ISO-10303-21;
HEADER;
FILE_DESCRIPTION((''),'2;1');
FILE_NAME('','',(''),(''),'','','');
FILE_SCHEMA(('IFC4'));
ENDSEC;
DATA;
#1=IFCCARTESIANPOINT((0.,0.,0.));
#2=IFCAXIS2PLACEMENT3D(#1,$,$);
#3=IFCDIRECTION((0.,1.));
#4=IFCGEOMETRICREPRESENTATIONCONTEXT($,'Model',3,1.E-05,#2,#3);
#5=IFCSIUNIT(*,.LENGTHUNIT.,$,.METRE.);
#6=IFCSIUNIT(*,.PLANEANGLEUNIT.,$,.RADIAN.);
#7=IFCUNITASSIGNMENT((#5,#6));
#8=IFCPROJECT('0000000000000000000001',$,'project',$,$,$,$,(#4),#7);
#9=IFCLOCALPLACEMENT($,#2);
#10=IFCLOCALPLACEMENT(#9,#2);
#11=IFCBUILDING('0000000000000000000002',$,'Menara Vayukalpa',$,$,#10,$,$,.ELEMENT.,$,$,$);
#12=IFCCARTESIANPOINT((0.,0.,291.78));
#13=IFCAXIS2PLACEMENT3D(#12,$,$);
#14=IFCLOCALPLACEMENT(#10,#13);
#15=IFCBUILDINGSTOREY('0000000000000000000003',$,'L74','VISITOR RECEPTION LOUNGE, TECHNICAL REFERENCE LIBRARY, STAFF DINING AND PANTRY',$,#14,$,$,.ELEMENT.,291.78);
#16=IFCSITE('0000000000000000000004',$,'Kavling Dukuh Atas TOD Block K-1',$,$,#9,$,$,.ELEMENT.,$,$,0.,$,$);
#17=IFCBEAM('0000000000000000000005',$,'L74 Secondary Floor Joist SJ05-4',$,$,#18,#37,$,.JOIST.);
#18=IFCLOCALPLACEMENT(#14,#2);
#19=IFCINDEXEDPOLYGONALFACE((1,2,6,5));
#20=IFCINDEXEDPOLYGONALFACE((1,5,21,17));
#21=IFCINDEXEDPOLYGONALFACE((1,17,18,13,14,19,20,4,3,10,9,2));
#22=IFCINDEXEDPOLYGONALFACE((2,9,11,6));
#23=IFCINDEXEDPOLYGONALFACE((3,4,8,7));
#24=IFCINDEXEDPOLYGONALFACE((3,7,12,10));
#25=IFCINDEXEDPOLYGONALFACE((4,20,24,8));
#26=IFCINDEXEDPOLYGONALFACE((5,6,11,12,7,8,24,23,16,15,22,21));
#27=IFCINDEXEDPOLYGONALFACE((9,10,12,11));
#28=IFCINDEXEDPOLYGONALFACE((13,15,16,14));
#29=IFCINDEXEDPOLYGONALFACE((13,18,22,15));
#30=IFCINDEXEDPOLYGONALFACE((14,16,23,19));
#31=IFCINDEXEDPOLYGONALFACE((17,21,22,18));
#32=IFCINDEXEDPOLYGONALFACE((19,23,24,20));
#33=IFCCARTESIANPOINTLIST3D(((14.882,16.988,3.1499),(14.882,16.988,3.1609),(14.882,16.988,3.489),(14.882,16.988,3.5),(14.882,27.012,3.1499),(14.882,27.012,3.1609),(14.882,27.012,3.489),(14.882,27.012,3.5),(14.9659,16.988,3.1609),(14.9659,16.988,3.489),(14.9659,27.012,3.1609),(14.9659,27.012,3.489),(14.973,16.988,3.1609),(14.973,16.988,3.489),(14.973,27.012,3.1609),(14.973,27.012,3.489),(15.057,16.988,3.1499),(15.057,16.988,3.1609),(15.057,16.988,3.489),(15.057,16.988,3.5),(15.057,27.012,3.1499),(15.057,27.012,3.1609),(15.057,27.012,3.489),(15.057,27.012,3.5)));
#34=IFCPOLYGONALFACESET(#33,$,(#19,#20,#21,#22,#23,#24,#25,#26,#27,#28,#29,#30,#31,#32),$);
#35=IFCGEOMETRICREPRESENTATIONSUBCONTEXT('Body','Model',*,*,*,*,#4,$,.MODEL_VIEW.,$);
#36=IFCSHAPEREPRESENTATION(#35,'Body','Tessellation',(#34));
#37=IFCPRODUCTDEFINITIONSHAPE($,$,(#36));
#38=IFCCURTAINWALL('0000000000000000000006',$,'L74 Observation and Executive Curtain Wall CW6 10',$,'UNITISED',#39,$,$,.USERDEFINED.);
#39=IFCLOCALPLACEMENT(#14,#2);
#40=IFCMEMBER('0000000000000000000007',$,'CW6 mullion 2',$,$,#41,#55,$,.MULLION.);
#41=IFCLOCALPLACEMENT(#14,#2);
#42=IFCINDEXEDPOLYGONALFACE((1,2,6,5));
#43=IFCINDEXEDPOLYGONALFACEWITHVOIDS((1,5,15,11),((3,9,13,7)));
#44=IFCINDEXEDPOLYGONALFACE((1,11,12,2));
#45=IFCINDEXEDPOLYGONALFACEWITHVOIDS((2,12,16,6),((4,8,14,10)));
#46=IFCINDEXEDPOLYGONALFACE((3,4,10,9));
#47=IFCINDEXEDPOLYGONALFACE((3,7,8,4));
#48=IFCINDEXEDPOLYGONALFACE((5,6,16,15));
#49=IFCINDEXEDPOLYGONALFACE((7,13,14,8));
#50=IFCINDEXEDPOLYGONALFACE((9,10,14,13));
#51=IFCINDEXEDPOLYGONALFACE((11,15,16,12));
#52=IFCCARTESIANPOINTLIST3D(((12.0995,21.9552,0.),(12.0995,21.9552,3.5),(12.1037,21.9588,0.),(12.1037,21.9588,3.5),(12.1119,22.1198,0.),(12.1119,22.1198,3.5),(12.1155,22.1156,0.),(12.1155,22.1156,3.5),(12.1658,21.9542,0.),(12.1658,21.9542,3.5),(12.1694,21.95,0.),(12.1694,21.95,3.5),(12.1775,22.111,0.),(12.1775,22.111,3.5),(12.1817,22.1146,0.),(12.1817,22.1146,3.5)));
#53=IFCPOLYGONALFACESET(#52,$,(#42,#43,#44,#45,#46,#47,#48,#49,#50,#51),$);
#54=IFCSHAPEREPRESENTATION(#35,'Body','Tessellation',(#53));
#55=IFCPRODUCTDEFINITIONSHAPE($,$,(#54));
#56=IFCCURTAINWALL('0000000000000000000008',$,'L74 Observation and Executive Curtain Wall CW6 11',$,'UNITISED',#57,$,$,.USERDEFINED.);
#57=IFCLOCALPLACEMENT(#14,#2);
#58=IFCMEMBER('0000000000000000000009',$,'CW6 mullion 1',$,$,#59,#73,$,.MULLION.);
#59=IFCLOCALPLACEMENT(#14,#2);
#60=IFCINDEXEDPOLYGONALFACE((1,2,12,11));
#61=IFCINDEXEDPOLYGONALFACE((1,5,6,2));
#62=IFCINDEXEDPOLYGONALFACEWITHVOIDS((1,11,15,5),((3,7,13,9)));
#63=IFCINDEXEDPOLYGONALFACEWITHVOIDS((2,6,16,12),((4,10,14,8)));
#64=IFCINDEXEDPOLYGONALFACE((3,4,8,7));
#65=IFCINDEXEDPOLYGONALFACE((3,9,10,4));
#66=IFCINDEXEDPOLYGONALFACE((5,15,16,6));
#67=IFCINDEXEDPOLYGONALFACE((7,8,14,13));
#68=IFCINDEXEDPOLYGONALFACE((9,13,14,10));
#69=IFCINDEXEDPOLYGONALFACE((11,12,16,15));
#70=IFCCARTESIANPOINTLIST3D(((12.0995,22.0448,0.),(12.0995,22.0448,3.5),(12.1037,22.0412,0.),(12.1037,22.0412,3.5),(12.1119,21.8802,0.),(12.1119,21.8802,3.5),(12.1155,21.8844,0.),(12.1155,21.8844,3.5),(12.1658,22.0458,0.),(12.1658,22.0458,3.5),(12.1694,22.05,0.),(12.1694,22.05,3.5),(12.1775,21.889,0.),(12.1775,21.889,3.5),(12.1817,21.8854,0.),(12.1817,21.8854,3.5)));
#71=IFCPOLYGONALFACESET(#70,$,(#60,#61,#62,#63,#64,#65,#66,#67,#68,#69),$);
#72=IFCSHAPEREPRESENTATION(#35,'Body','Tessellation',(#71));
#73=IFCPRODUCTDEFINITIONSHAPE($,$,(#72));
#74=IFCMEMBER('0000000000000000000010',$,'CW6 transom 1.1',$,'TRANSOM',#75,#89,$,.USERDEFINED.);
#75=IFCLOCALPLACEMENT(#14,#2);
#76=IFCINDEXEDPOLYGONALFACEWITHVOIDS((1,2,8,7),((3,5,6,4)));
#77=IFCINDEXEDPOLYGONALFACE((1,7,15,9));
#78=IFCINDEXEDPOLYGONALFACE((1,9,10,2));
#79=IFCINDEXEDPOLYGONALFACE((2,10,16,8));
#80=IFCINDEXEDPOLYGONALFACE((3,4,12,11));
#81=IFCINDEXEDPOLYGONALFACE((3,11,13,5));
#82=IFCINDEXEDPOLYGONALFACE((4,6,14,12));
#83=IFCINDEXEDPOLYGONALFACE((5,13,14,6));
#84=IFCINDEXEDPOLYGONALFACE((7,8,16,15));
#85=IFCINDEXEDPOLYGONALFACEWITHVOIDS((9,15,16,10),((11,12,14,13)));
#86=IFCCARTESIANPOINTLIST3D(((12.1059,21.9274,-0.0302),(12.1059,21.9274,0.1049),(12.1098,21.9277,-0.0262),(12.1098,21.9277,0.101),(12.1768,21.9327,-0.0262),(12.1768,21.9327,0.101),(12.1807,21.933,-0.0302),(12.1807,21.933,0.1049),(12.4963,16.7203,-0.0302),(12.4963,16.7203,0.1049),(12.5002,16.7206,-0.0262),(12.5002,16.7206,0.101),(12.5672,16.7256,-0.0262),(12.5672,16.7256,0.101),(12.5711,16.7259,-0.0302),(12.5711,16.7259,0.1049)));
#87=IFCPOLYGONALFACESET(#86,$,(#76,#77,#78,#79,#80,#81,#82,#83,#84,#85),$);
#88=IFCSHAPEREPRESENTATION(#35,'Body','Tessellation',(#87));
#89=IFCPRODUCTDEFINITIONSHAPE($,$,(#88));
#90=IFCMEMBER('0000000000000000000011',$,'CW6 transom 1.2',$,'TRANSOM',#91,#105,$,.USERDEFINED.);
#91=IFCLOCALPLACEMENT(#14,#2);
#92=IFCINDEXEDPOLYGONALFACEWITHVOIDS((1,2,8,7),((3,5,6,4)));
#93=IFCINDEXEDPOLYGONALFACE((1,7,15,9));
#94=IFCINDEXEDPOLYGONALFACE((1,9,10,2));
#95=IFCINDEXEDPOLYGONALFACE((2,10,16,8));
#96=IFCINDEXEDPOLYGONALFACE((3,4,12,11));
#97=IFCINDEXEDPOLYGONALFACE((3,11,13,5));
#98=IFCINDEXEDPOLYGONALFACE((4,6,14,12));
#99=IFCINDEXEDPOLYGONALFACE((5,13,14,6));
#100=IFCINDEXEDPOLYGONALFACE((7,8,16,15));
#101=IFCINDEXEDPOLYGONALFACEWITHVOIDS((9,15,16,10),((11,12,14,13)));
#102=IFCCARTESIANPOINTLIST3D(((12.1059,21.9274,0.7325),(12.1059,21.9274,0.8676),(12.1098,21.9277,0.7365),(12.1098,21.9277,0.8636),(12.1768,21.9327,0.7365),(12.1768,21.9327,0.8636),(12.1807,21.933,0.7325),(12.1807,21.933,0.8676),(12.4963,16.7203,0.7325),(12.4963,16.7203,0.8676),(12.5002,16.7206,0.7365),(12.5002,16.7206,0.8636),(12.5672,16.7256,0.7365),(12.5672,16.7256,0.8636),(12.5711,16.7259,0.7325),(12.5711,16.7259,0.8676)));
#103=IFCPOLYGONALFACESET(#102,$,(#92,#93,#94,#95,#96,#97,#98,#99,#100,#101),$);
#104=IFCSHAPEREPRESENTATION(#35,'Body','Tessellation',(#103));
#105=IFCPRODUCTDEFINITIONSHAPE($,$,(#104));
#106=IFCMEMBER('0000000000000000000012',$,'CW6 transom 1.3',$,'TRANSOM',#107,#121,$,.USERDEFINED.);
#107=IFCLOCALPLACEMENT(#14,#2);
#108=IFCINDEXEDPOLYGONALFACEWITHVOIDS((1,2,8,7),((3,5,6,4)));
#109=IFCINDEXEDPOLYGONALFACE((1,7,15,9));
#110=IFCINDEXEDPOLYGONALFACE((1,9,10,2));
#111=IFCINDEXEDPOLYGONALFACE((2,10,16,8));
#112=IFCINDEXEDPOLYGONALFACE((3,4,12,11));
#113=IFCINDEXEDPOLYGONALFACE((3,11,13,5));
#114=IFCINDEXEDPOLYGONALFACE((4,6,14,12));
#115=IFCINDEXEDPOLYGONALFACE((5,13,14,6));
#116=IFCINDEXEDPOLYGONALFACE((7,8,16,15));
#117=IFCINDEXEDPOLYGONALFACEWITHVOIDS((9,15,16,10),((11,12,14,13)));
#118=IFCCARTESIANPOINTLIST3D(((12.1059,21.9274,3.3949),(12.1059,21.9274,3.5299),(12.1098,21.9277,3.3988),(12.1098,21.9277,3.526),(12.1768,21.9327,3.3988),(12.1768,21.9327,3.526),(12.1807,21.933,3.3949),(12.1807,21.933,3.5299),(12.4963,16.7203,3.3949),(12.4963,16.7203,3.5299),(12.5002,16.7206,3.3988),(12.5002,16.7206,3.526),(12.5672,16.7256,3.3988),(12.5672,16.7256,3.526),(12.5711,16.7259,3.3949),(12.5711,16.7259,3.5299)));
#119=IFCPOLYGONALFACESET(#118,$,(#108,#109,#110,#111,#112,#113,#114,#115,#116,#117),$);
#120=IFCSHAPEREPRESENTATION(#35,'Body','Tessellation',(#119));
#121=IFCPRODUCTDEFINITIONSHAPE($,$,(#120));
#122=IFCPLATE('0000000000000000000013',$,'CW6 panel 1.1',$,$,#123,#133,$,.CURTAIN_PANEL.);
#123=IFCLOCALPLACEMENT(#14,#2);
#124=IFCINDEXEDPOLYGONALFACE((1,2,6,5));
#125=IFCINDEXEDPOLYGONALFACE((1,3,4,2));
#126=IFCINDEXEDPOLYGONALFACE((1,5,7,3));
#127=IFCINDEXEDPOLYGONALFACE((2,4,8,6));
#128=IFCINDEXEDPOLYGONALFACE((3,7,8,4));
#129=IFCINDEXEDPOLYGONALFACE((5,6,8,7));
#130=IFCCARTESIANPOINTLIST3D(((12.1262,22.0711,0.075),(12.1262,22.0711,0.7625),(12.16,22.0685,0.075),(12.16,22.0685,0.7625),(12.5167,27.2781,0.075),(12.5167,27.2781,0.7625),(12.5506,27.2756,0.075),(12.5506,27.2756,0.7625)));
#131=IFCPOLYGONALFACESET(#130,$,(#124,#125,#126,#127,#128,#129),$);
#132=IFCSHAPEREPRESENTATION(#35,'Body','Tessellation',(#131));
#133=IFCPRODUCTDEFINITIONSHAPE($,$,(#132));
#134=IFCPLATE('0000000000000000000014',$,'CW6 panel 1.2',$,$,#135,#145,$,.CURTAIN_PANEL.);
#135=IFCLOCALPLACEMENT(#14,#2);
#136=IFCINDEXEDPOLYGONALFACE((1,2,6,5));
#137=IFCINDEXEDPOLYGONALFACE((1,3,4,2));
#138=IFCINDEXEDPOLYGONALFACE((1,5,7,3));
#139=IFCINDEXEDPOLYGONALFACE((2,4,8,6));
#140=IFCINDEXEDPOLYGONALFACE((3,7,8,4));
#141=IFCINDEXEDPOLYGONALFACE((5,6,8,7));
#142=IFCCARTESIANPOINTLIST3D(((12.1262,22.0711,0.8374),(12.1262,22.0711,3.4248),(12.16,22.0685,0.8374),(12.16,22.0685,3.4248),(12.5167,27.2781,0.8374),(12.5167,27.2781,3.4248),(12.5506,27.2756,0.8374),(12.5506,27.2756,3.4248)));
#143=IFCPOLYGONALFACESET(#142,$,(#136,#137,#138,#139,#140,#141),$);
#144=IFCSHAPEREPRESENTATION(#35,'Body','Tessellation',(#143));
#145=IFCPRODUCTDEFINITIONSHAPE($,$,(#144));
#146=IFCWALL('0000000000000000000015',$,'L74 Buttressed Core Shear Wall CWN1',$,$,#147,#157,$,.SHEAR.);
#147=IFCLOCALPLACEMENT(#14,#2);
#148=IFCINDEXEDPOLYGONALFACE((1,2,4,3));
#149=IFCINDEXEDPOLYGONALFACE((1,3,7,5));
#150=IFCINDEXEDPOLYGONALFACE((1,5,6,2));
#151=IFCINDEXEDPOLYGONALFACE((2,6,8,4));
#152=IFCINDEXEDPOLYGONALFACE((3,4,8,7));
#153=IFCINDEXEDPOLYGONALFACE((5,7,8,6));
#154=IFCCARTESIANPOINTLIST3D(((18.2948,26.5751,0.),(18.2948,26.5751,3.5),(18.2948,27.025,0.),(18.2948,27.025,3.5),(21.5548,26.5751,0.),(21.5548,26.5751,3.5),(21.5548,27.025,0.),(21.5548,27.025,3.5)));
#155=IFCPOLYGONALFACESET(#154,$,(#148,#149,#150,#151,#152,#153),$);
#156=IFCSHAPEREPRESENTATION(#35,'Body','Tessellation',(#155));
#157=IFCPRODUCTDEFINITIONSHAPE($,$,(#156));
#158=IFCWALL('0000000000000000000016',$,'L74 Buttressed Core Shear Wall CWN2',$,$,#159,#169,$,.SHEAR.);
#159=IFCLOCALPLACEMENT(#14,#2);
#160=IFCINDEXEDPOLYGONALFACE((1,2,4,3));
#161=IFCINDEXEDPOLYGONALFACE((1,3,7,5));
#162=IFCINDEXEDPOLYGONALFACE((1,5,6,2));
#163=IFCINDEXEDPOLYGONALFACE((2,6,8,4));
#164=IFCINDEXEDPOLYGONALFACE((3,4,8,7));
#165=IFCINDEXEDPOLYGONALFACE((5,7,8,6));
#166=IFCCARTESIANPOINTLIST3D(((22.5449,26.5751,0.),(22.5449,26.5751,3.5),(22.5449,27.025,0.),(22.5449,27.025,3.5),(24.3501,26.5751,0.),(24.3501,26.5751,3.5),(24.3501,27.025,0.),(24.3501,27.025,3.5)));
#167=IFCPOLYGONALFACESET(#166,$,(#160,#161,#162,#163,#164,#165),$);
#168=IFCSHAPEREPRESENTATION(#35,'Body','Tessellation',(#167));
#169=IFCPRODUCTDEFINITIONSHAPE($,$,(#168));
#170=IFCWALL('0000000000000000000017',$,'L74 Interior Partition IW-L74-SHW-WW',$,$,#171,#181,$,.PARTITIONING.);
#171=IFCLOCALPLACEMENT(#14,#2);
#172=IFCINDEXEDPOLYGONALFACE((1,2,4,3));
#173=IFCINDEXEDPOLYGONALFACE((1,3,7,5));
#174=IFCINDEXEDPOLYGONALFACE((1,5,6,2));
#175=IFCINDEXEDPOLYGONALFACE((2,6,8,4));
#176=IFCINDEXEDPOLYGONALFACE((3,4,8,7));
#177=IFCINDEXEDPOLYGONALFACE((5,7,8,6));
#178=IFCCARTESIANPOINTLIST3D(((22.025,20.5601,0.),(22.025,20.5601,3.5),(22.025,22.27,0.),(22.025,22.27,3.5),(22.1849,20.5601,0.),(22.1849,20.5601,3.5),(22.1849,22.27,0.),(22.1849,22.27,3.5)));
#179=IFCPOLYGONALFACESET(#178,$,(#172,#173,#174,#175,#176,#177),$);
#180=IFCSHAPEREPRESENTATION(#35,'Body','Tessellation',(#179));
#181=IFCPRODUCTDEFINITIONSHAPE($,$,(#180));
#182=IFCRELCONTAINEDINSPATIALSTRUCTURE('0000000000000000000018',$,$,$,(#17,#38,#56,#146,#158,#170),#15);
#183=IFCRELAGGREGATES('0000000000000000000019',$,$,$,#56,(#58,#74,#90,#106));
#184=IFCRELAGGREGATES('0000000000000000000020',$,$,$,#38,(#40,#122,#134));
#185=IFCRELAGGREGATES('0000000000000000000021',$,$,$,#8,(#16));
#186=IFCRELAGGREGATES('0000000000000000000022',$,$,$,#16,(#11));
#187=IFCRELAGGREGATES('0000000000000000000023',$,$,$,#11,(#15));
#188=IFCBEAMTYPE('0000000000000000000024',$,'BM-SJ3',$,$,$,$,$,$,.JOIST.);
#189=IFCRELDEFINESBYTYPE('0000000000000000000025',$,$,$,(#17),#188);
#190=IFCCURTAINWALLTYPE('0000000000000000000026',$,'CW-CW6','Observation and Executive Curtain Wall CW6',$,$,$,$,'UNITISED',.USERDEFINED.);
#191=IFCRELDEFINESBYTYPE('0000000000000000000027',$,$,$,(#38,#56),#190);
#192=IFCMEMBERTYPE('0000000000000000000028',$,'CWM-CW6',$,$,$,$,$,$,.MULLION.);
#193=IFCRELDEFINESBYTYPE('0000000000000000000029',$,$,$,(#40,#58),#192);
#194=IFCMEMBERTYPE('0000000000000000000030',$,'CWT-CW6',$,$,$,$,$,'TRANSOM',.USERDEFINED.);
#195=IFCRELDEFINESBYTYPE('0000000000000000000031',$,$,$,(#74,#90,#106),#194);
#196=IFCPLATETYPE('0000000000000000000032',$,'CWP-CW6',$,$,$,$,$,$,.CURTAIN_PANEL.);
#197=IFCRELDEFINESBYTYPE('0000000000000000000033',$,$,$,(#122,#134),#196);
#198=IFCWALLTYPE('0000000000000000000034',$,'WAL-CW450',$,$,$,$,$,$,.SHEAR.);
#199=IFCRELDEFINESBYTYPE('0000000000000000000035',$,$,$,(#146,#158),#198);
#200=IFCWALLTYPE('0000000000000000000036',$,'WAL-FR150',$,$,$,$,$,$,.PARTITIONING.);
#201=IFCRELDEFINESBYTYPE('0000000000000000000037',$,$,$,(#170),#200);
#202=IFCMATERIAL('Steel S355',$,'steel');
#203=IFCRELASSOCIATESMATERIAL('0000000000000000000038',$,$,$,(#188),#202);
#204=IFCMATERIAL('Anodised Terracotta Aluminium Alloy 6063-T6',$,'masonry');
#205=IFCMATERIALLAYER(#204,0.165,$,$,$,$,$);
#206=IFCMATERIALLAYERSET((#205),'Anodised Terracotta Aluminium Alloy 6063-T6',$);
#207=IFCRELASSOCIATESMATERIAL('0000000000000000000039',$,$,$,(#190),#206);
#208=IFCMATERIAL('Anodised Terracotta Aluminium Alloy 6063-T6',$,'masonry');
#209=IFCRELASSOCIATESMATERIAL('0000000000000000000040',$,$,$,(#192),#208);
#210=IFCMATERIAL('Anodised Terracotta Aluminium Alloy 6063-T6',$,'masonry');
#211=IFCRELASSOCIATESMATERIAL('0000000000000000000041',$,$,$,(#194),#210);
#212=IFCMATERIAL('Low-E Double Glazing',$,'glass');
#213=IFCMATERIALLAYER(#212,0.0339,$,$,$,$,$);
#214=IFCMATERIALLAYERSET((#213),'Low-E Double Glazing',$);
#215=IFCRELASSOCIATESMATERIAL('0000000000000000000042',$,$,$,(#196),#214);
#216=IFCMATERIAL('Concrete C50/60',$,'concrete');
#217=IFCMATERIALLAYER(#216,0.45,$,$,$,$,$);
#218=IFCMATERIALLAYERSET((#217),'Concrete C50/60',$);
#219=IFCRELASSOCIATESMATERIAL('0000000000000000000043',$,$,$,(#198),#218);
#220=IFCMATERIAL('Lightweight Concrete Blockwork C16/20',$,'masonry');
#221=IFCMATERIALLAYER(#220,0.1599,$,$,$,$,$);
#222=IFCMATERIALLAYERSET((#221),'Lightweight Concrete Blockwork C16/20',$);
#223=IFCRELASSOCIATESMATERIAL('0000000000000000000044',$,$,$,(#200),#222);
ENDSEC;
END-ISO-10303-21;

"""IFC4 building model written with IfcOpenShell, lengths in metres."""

from ifc_helpers import new_model, si_unit, direction, frame, frame_2d, origin, origin_2d, place, context, subcontext, project, spatial, rectangle, hollow_rectangle, i_section, extrude, material, layer, layer_set, material_profile, profile_set, type_object, element, aggregate, save


model = new_model("IFC4")

# Units and contexts
model_context = context("Model", 3, precision=1e-05, world=origin(), true_north=direction((0.0, 1.0)))
body_context = subcontext(model_context, "Body", "Model", "MODEL_VIEW")
ifc_project = project(units=[si_unit("LENGTHUNIT", "METRE"), si_unit("PLANEANGLEUNIT", "RADIAN")], contexts=[model_context])

# Site, building, storey
site_placement = place(None, origin())
site = spatial("IfcSite", under=ifc_project, at=site_placement, Name="Kavling Dukuh Atas TOD Block K-1", CompositionType="ELEMENT", RefElevation=0.0)
building_placement = place(site_placement, origin())
building = spatial("IfcBuilding", under=site, at=building_placement, Name="Menara Vayukalpa", CompositionType="ELEMENT")
storey_placement = place(building_placement, frame((0.0, 0.0, 291.78)))
storey = spatial("IfcBuildingStorey", under=building, at=storey_placement, Name="L74", Description="VISITOR RECEPTION LOUNGE, TECHNICAL REFERENCE LIBRARY, STAFF DINING AND PANTRY", CompositionType="ELEMENT", Elevation=291.78)

# Beam
ifc_material_1 = material(Name="Steel S355", Category="steel")
ifc_material_profile_1 = material_profile(ifc_material_1, i_section(OverallWidth=0.175, OverallDepth=0.3501, WebThickness=0.0071, FlangeThickness=0.011, at=origin_2d()), Name="WF 350x175x7x11")
ifc_profile_set_1 = profile_set([ifc_material_profile_1], Name="Steel S355")
beam_type_1 = type_object("IfcBeamType", Name="BM-SJ3", PredefinedType="JOIST", material=ifc_profile_set_1)
beam_1_placement = place(storey_placement, frame((14.9695, 27.012, 3.325), z_axis=(0.0, -1.0, 0.0), x_axis=(1.0, 0.0, 0.0)))
element("IfcBeam", 1, at=beam_1_placement, inside=storey, type_object=beam_type_1, Name="L74 Secondary Floor Joist SJ05-4", PredefinedType="JOIST", context=body_context, shape_type="SweptSolid", body=[
    extrude(i_section(OverallWidth=0.175, OverallDepth=0.3501, WebThickness=0.0071, FlangeThickness=0.011, at=origin_2d()), origin(), (0.0, 0.0, 1.0), 10.0239),
])

# Curtain wall, member
ifc_material_2 = material(Name="Anodised Terracotta Aluminium Alloy 6063-T6", Category="masonry")
ifc_layer_1 = layer(ifc_material_2, 0.165)
ifc_layer_set_1 = layer_set([ifc_layer_1], Name="Anodised Terracotta Aluminium Alloy 6063-T6")
curtain_wall_type = type_object("IfcCurtainWallType", Name="CW-CW6", Description="Observation and Executive Curtain Wall CW6", ElementType="UNITISED", PredefinedType="USERDEFINED", material=ifc_layer_set_1)
curtain_wall_1_placement = place(storey_placement, origin())
curtain_wall_1 = element("IfcCurtainWall", 2, at=curtain_wall_1_placement, inside=storey, type_object=curtain_wall_type, Name="L74 Observation and Executive Curtain Wall CW6 10", ObjectType="UNITISED", PredefinedType="USERDEFINED")
ifc_material_3 = material(Name="Anodised Terracotta Aluminium Alloy 6063-T6", Category="masonry")
ifc_material_profile_2 = material_profile(ifc_material_3, hollow_rectangle(XDim=0.0701, YDim=0.165, WallThickness=0.0039, at=origin_2d()), Name="ALU 70x165x4")
ifc_profile_set_2 = profile_set([ifc_material_profile_2], Name="Anodised Terracotta Aluminium Alloy 6063-T6")
member_type_1 = type_object("IfcMemberType", Name="CWM-CW6", PredefinedType="MULLION", material=ifc_profile_set_2)
member_1_placement = place(storey_placement, frame((12.1406, 22.0349, 0.0), z_axis=(0.0, 0.0, 1.0), x_axis=(0.997199, -0.074789, 0.0)))
member_1 = element("IfcMember", 3, at=member_1_placement, type_object=member_type_1, Name="CW6 mullion 2", PredefinedType="MULLION", context=body_context, shape_type="SweptSolid", body=[
    extrude(hollow_rectangle(XDim=0.0701, YDim=0.165, WallThickness=0.0039, at=origin_2d()), origin(), (0.0, 0.0, 1.0), 3.5),
])

# Curtain wall, members
curtain_wall_2_placement = place(storey_placement, origin())
curtain_wall_2 = element("IfcCurtainWall", 4, at=curtain_wall_2_placement, inside=storey, type_object=curtain_wall_type, Name="L74 Observation and Executive Curtain Wall CW6 11", ObjectType="UNITISED", PredefinedType="USERDEFINED")
member_2_placement = place(storey_placement, frame((12.1406, 21.9651, 0.0), z_axis=(0.0, 0.0, 1.0), x_axis=(0.997199, 0.074789, 0.0)))
member_2 = element("IfcMember", 5, at=member_2_placement, type_object=member_type_1, Name="CW6 mullion 1", PredefinedType="MULLION", context=body_context, shape_type="SweptSolid", body=[
    extrude(hollow_rectangle(XDim=0.0701, YDim=0.165, WallThickness=0.0039, at=origin_2d()), origin(), (0.0, 0.0, 1.0), 3.5),
])
ifc_material_4 = material(Name="Anodised Terracotta Aluminium Alloy 6063-T6", Category="masonry")
ifc_material_profile_3 = material_profile(ifc_material_4, hollow_rectangle(XDim=0.075, YDim=0.135, WallThickness=0.0039, at=origin_2d()), Name="ALU 75x135x4")
ifc_profile_set_3 = profile_set([ifc_material_profile_3], Name="Anodised Terracotta Aluminium Alloy 6063-T6")
member_type_2 = type_object("IfcMemberType", Name="CWT-CW6", ElementType="TRANSOM", PredefinedType="USERDEFINED", material=ifc_profile_set_3)
member_3_placement = place(storey_placement, frame((12.1433, 21.9302, 0.0374), z_axis=(0.074762, -0.997201, 0.0), x_axis=(0.997201, 0.074762, 0.0)))
member_3 = element("IfcMember", 6, at=member_3_placement, type_object=member_type_2, Name="CW6 transom 1.1", ObjectType="TRANSOM", PredefinedType="USERDEFINED", context=body_context, shape_type="SweptSolid", body=[
    extrude(hollow_rectangle(XDim=0.075, YDim=0.135, WallThickness=0.0039, at=origin_2d()), origin(), (0.0, 0.0, 1.0), 5.2217),
])
member_4_placement = place(storey_placement, frame((12.1433, 21.9302, 0.8), z_axis=(0.074762, -0.997201, 0.0), x_axis=(0.997201, 0.074762, 0.0)))
member_4 = element("IfcMember", 7, at=member_4_placement, type_object=member_type_2, Name="CW6 transom 1.2", ObjectType="TRANSOM", PredefinedType="USERDEFINED", context=body_context, shape_type="SweptSolid", body=[
    extrude(hollow_rectangle(XDim=0.075, YDim=0.135, WallThickness=0.0039, at=origin_2d()), origin(), (0.0, 0.0, 1.0), 5.2217),
])
member_5_placement = place(storey_placement, frame((12.1433, 21.9302, 3.4624), z_axis=(0.074762, -0.997201, 0.0), x_axis=(0.997201, 0.074762, 0.0)))
member_5 = element("IfcMember", 8, at=member_5_placement, type_object=member_type_2, Name="CW6 transom 1.3", ObjectType="TRANSOM", PredefinedType="USERDEFINED", context=body_context, shape_type="SweptSolid", body=[
    extrude(hollow_rectangle(XDim=0.075, YDim=0.135, WallThickness=0.0039, at=origin_2d()), origin(), (0.0, 0.0, 1.0), 5.2217),
])
aggregate(curtain_wall_2, [member_2, member_3, member_4, member_5])

# Plates
ifc_material_5 = material(Name="Low-E Double Glazing", Category="glass")
ifc_layer_2 = layer(ifc_material_5, 0.0339)
ifc_layer_set_2 = layer_set([ifc_layer_2], Name="Low-E Double Glazing")
plate_type = type_object("IfcPlateType", Name="CWP-CW6", PredefinedType="CURTAIN_PANEL", material=ifc_layer_set_2)
plate_1_placement = place(storey_placement, frame((12.3384, 24.6733, 0.075), z_axis=(0.0, 0.0, 1.0), x_axis=(-0.074789, -0.997199, 0.0)))
plate_1 = element("IfcPlate", 9, at=plate_1_placement, type_object=plate_type, Name="CW6 panel 1.1", PredefinedType="CURTAIN_PANEL", context=body_context, shape_type="SweptSolid", body=[
    extrude(rectangle(XDim=5.2217, YDim=0.0339, at=origin_2d()), origin(), (0.0, 0.0, 1.0), 0.6875),
])
plate_2_placement = place(storey_placement, frame((12.3384, 24.6733, 0.8374), z_axis=(0.0, 0.0, 1.0), x_axis=(-0.074789, -0.997199, 0.0)))
plate_2 = element("IfcPlate", 10, at=plate_2_placement, type_object=plate_type, Name="CW6 panel 1.2", PredefinedType="CURTAIN_PANEL", context=body_context, shape_type="SweptSolid", body=[
    extrude(rectangle(XDim=5.2217, YDim=0.0339, at=origin_2d()), origin(), (0.0, 0.0, 1.0), 2.5874),
])
aggregate(curtain_wall_1, [member_1, plate_1, plate_2])

# Walls
ifc_material_6 = material(Name="Concrete C50/60", Category="concrete")
ifc_layer_3 = layer(ifc_material_6, 0.45)
ifc_layer_set_3 = layer_set([ifc_layer_3], Name="Concrete C50/60")
wall_type_1 = type_object("IfcWallType", Name="WAL-CW450", PredefinedType="SHEAR", material=ifc_layer_set_3)
wall_1_placement = place(storey_placement, frame((18.2949, 26.8, 0.0), z_axis=(0.0, 0.0, 1.0), x_axis=(1.0, 0.0, 0.0)))
element("IfcWall", 11, at=wall_1_placement, inside=storey, type_object=wall_type_1, Name="L74 Buttressed Core Shear Wall CWN1", PredefinedType="SHEAR", context=body_context, shape_type="SweptSolid", body=[
    extrude(rectangle(XDim=3.26, YDim=0.45, at=frame_2d((1.6299, 0.0))), origin(), (0.0, 0.0, 1.0), 3.5),
])
wall_2_placement = place(storey_placement, frame((22.5449, 26.8, 0.0), z_axis=(0.0, 0.0, 1.0), x_axis=(1.0, 0.0, 0.0)))
element("IfcWall", 12, at=wall_2_placement, inside=storey, type_object=wall_type_1, Name="L74 Buttressed Core Shear Wall CWN2", PredefinedType="SHEAR", context=body_context, shape_type="SweptSolid", body=[
    extrude(rectangle(XDim=1.8052, YDim=0.45, at=frame_2d((0.9026, 0.0))), origin(), (0.0, 0.0, 1.0), 3.5),
])
ifc_material_7 = material(Name="Lightweight Concrete Blockwork C16/20", Category="masonry")
ifc_layer_4 = layer(ifc_material_7, 0.1599)
ifc_layer_set_4 = layer_set([ifc_layer_4], Name="Lightweight Concrete Blockwork C16/20")
wall_type_2 = type_object("IfcWallType", Name="WAL-FR150", PredefinedType="PARTITIONING", material=ifc_layer_set_4)
wall_3_placement = place(storey_placement, frame((22.105, 20.5601, 0.0), z_axis=(0.0, 0.0, 1.0), x_axis=(0.0, 1.0, 0.0)))
element("IfcWall", 13, at=wall_3_placement, inside=storey, type_object=wall_type_2, Name="L74 Interior Partition IW-L74-SHW-WW", PredefinedType="PARTITIONING", context=body_context, shape_type="SweptSolid", body=[
    extrude(rectangle(XDim=1.71, YDim=0.1599, at=frame_2d((0.855, 0.0))), origin(), (0.0, 0.0, 1.0), 3.5),
])

save(model, "model.ifc")
